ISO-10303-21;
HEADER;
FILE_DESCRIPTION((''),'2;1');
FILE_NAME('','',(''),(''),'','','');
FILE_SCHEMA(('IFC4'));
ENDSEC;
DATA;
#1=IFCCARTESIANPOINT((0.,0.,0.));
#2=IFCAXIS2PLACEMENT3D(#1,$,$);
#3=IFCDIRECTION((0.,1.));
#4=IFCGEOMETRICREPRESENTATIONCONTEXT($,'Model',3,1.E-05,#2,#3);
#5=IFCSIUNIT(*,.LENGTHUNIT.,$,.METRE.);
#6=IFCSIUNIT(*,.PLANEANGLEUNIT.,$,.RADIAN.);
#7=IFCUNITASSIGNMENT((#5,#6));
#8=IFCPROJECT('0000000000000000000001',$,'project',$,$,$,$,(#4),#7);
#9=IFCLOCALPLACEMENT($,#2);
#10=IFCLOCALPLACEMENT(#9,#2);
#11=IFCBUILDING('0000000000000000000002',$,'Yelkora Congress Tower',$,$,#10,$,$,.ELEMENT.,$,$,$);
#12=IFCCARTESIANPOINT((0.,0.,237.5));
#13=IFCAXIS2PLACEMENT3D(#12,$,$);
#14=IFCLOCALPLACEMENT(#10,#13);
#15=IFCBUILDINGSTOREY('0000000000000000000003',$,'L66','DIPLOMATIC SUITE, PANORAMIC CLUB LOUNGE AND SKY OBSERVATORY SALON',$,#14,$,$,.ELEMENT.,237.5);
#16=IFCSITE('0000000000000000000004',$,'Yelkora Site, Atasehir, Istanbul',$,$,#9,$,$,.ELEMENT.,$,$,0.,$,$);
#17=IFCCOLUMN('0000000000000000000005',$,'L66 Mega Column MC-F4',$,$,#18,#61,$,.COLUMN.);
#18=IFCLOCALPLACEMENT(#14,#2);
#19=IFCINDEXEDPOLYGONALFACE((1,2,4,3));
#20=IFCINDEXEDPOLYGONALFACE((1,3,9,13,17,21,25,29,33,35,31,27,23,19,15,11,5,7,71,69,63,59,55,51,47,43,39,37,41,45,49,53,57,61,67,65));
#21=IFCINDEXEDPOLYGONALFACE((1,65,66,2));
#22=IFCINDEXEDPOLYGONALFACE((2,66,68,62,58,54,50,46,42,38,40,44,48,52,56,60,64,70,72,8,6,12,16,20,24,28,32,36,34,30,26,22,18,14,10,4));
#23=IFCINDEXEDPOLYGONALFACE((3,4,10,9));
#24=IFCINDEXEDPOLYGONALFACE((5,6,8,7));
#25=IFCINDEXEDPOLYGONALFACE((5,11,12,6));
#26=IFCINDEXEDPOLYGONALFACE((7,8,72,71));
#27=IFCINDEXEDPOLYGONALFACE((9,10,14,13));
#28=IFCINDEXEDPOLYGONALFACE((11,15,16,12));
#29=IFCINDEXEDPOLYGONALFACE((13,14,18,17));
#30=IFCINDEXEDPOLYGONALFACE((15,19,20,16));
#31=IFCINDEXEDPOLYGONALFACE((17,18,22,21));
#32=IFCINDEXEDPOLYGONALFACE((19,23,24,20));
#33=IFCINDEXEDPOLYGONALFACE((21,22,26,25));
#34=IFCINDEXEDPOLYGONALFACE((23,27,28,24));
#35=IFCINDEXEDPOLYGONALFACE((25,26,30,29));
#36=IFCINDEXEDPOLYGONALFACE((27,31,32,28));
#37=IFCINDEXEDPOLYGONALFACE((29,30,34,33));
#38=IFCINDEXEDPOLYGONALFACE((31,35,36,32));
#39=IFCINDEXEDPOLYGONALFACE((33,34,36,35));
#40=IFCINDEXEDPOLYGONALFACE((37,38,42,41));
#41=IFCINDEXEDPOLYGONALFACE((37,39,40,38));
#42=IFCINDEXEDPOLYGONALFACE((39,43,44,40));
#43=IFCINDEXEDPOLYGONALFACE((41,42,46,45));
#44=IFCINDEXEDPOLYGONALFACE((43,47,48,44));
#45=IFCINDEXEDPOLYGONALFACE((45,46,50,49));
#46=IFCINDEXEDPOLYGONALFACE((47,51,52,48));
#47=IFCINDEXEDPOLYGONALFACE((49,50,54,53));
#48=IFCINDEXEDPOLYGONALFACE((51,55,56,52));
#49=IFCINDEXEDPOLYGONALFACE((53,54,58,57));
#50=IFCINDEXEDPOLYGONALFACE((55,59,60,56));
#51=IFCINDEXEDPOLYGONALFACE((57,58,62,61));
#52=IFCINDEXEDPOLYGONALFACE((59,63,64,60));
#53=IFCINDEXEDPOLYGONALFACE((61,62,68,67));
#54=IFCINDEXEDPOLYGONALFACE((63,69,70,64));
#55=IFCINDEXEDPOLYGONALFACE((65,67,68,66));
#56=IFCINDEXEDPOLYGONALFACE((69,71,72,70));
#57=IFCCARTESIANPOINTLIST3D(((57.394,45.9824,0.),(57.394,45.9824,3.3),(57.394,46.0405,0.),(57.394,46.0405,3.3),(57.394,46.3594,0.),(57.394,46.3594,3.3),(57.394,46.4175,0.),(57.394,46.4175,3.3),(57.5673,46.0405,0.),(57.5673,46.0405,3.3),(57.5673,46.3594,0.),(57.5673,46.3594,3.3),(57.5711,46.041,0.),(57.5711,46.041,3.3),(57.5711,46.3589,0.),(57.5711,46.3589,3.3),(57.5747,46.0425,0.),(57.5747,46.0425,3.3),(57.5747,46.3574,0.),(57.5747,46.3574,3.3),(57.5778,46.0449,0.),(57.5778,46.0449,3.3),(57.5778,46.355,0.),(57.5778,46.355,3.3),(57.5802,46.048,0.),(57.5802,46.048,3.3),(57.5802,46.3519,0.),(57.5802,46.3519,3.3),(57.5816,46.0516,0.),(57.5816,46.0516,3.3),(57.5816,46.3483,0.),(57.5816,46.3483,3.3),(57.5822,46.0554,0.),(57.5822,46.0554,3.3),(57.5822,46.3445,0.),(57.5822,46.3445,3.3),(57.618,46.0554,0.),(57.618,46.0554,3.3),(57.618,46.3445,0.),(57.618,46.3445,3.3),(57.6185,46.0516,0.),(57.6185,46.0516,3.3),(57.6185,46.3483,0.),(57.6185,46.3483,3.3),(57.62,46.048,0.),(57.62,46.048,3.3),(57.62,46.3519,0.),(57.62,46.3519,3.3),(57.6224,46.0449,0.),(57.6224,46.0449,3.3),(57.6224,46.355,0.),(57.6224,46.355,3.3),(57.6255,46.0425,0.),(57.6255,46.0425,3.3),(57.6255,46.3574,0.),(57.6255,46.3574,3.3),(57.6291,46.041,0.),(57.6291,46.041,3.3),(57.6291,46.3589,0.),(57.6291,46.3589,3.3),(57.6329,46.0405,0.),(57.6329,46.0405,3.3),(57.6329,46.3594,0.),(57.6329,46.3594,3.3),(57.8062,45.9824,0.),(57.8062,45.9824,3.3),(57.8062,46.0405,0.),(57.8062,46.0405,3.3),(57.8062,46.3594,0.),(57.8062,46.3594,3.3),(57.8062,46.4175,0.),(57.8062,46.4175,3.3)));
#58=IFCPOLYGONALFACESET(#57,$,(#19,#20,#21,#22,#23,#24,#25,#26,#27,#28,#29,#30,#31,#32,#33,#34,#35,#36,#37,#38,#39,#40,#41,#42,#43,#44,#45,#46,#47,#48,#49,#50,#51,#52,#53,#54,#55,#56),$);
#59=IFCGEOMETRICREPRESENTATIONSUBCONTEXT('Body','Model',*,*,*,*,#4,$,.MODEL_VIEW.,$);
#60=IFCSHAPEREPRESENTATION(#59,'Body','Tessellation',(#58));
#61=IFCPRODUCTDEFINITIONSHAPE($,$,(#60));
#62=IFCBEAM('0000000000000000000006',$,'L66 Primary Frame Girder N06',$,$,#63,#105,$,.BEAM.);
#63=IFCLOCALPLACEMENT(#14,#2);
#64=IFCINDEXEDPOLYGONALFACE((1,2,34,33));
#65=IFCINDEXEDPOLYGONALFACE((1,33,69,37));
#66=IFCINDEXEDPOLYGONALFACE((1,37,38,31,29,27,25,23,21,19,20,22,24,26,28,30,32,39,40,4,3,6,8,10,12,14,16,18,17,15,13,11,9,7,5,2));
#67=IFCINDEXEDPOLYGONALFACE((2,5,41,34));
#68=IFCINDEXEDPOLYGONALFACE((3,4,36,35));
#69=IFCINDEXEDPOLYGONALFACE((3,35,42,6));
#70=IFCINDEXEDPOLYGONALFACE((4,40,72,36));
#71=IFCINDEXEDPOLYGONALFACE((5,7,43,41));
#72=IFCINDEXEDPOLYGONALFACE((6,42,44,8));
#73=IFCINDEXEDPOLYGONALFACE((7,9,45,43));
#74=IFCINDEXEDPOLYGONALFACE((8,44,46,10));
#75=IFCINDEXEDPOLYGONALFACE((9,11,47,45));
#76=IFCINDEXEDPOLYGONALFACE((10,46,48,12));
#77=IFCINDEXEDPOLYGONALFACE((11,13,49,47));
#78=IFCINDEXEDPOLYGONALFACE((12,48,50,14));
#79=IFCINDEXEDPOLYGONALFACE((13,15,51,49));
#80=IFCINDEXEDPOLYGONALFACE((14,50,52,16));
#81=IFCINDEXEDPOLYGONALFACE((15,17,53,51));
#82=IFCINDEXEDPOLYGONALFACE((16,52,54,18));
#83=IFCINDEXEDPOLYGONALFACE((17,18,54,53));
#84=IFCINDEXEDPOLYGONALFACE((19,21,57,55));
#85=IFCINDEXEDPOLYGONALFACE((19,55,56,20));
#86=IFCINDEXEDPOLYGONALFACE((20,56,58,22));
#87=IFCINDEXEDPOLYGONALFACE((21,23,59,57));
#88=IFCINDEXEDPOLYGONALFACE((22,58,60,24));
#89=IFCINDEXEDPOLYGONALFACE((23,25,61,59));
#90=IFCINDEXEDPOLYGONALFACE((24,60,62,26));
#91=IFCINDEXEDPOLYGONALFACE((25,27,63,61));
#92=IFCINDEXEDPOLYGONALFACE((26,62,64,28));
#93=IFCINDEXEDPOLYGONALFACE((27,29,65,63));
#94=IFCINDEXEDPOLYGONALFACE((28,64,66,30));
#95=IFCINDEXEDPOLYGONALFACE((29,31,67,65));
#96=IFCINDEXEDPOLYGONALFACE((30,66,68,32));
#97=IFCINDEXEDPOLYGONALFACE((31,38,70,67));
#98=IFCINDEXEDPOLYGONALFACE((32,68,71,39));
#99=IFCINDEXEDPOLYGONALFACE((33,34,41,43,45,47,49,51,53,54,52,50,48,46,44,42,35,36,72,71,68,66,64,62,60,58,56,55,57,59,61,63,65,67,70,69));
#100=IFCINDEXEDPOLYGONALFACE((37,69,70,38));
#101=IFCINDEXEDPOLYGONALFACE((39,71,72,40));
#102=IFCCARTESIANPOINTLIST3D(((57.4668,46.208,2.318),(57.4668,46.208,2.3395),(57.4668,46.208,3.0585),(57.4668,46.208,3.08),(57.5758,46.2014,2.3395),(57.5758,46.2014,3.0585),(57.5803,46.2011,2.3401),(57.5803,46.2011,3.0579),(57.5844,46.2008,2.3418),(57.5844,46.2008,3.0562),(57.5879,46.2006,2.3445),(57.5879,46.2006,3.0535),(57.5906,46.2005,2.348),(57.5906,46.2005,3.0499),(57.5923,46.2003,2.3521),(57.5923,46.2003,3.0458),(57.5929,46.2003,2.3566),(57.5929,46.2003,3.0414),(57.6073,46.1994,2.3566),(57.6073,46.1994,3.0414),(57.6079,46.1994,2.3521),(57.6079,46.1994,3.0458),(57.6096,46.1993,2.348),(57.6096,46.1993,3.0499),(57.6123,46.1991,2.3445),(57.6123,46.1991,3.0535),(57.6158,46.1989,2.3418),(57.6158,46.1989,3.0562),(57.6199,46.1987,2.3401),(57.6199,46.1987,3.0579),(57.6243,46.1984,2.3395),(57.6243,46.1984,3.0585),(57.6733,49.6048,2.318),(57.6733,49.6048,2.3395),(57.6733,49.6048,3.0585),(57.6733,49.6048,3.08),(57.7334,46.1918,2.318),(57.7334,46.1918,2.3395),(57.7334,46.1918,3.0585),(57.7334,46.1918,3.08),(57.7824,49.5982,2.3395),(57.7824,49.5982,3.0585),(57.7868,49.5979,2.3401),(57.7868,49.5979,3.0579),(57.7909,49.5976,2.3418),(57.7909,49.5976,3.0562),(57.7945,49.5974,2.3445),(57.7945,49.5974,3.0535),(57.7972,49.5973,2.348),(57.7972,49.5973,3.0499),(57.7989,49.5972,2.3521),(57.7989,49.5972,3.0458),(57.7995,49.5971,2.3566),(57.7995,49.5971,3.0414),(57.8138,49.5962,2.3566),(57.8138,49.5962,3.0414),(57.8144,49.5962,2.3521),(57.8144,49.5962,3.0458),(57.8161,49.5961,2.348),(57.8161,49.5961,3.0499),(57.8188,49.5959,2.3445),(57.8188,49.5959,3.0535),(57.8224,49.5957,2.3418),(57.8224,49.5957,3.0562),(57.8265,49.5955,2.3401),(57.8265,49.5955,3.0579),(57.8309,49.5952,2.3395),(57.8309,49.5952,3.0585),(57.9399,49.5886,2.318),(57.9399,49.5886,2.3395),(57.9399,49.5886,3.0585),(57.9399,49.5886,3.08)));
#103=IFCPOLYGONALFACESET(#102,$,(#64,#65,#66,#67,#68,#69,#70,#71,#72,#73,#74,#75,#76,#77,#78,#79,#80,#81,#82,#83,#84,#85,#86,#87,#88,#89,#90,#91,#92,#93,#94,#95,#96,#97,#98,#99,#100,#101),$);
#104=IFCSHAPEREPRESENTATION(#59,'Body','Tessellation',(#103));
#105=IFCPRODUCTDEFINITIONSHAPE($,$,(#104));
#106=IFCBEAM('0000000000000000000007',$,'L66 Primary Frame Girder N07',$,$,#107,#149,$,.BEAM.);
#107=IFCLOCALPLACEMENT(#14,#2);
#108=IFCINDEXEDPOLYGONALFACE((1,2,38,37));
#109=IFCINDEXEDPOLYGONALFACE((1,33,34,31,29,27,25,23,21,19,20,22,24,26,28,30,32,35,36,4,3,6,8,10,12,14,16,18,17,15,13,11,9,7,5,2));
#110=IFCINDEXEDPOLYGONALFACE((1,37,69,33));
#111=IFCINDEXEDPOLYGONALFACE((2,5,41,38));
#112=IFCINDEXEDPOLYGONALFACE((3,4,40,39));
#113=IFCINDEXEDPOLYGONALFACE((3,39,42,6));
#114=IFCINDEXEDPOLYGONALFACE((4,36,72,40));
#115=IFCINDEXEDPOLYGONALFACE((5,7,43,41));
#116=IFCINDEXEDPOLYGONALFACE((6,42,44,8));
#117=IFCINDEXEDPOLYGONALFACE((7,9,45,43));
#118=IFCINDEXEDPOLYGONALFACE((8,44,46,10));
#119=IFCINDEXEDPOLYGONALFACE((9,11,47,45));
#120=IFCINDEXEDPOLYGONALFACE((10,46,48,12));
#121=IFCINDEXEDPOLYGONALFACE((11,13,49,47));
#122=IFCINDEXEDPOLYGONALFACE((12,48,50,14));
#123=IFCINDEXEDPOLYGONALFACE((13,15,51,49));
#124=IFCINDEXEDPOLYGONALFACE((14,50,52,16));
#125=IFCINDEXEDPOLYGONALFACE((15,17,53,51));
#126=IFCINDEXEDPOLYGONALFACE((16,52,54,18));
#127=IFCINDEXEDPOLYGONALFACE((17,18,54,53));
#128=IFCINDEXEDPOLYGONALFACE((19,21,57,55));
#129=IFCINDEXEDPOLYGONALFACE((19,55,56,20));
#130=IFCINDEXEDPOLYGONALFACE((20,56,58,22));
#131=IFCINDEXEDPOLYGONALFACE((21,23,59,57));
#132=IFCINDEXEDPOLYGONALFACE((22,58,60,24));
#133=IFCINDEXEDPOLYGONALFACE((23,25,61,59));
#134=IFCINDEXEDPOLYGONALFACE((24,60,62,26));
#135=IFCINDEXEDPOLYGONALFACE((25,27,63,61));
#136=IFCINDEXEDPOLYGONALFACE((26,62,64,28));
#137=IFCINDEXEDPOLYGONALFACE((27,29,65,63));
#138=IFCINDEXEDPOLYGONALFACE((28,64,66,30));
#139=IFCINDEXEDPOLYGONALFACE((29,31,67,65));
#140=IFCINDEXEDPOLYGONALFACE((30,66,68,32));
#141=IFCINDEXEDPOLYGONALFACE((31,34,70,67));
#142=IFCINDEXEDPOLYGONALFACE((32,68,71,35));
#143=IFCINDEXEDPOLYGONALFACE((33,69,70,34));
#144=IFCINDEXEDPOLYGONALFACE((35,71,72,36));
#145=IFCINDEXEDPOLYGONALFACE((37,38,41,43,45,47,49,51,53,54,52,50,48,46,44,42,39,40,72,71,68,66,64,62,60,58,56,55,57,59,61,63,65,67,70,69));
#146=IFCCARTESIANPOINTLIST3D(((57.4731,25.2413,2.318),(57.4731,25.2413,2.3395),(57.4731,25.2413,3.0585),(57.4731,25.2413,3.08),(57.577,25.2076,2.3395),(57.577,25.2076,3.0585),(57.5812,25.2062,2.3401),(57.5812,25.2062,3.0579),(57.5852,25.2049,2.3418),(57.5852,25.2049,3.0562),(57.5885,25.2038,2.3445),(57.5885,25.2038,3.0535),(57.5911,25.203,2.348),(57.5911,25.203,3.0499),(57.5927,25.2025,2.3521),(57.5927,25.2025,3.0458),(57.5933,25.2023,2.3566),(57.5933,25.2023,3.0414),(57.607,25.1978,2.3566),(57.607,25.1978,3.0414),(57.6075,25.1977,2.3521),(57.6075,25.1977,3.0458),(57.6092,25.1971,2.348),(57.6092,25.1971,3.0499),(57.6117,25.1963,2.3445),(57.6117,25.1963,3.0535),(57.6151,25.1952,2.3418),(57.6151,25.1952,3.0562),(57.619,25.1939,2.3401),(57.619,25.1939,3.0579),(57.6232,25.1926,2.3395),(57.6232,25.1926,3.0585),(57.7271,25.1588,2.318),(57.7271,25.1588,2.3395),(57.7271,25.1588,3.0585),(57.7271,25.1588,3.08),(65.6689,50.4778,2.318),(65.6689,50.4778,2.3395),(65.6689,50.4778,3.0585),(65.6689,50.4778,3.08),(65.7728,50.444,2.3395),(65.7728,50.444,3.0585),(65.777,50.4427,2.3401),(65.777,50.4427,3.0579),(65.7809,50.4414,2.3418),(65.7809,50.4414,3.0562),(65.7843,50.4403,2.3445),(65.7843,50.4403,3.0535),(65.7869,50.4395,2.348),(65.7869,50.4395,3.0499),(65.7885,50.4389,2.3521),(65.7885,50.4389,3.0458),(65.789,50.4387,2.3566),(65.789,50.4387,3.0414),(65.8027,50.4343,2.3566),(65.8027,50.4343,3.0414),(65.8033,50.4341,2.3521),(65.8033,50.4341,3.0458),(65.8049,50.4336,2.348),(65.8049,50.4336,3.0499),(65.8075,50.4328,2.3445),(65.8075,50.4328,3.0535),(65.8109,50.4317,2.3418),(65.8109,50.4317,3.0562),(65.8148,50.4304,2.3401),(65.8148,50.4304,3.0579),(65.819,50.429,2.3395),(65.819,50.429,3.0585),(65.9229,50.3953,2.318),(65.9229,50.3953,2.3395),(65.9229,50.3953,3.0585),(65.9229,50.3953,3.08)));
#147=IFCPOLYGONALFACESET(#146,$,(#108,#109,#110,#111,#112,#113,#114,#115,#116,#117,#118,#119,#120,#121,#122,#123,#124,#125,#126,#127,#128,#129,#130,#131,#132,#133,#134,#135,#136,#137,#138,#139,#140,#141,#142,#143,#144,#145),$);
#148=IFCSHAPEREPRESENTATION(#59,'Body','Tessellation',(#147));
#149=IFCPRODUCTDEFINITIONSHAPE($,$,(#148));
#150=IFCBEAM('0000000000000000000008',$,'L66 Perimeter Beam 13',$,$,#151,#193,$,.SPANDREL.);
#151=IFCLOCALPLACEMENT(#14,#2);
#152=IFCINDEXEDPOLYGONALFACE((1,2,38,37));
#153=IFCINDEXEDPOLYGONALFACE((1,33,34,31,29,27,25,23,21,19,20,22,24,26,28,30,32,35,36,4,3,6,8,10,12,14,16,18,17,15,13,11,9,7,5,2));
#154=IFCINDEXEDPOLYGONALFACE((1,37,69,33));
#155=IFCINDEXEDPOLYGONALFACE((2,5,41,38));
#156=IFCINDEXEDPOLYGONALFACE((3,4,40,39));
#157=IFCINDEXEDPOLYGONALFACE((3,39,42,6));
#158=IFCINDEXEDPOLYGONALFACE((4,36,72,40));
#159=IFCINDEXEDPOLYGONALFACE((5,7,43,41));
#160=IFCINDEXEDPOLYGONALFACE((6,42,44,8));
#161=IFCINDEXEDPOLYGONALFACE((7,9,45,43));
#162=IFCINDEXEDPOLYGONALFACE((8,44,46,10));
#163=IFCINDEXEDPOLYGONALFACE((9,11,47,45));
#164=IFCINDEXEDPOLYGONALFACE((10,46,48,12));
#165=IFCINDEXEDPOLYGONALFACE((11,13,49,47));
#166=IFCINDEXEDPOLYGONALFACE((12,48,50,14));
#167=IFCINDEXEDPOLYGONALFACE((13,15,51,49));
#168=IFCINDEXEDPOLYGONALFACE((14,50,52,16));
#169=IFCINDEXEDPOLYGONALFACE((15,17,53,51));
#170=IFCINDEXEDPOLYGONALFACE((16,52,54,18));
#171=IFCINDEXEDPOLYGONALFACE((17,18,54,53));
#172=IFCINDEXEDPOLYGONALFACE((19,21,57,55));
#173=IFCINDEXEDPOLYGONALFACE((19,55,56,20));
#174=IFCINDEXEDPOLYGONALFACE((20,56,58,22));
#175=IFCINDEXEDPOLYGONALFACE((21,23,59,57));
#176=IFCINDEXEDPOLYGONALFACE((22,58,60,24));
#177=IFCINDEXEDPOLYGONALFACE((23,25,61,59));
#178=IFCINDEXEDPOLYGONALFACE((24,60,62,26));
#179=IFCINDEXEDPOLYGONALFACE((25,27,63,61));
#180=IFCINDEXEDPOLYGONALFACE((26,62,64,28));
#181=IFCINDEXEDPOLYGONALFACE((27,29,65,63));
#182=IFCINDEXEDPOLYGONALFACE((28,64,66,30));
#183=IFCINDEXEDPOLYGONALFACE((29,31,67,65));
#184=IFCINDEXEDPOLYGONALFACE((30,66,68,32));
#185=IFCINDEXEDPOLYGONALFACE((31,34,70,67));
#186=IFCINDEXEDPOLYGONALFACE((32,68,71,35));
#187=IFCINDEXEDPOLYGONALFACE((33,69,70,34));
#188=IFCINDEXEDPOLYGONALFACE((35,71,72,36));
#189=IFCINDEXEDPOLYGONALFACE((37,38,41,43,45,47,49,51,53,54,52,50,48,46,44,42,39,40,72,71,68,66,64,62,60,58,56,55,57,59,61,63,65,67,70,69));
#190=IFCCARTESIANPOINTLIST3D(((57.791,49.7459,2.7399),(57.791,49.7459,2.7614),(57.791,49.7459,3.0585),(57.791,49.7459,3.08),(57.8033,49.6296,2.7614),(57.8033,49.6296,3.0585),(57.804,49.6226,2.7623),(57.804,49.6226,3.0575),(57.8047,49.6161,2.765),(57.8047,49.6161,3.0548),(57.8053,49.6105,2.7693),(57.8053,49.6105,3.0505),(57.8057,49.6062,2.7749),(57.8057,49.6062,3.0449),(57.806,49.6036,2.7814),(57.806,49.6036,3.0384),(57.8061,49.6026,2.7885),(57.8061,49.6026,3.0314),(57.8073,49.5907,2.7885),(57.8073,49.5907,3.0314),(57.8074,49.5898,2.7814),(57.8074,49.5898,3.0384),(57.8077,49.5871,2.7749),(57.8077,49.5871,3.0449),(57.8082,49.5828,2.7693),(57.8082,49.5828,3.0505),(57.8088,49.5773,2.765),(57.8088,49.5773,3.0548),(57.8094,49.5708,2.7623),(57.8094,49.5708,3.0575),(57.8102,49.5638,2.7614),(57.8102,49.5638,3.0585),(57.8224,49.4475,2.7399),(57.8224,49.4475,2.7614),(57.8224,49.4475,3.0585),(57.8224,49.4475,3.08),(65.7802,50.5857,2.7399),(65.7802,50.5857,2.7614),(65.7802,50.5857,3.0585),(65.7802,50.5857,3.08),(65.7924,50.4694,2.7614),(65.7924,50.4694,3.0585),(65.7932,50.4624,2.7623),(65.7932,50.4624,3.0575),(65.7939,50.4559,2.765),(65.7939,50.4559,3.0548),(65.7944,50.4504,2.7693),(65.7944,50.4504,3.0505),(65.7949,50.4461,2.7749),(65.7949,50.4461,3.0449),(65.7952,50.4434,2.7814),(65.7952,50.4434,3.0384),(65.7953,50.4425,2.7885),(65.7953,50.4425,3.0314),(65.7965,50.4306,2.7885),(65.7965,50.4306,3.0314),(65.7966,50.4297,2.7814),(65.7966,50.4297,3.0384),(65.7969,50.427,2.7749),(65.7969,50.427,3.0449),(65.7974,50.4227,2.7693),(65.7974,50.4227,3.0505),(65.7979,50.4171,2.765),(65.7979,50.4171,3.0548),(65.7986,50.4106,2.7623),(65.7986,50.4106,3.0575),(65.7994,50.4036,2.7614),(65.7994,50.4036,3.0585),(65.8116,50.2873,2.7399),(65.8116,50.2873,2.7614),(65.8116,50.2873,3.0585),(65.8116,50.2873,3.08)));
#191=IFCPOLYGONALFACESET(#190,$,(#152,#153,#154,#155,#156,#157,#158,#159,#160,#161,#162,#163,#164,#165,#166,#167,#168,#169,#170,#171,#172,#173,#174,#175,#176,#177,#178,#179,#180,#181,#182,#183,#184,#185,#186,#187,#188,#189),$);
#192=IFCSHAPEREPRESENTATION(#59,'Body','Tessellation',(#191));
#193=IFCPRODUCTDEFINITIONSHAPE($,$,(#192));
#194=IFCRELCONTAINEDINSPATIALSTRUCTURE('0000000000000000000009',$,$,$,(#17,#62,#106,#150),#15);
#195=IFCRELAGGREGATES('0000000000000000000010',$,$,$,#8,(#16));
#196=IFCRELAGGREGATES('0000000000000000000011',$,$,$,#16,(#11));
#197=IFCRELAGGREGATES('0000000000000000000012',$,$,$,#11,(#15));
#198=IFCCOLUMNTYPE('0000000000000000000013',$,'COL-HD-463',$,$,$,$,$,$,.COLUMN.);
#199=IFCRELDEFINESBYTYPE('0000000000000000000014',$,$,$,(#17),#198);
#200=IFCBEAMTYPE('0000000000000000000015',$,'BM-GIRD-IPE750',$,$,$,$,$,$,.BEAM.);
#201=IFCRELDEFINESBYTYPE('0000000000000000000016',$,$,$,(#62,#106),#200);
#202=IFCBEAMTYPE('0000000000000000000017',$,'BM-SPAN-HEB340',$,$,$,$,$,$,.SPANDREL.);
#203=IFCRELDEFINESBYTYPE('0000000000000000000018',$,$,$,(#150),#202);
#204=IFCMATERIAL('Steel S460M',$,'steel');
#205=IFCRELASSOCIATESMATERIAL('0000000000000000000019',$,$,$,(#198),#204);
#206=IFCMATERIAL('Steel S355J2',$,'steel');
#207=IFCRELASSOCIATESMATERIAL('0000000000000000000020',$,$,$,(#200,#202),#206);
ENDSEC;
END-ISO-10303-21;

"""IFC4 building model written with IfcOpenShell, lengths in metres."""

from ifc_helpers import new_model, si_unit, direction, frame, origin, origin_2d, place, context, subcontext, project, spatial, i_section, extrude, material, material_profile, profile_set, type_object, element, save


model = new_model("IFC4")

# Units and contexts
model_context = context("Model", 3, precision=1e-05, world=origin(), true_north=direction((0.0, 1.0)))
body_context = subcontext(model_context, "Body", "Model", "MODEL_VIEW")
ifc_project = project(units=[si_unit("LENGTHUNIT", "METRE"), si_unit("PLANEANGLEUNIT", "RADIAN")], contexts=[model_context])

# Site, building, storey
site_placement = place(None, origin())
site = spatial("IfcSite", under=ifc_project, at=site_placement, Name="Yelkora Site, Atasehir, Istanbul", CompositionType="ELEMENT", RefElevation=0.0)
building_placement = place(site_placement, origin())
building = spatial("IfcBuilding", under=site, at=building_placement, Name="Yelkora Congress Tower", CompositionType="ELEMENT")
storey_placement = place(building_placement, frame((0.0, 0.0, 237.5)))
storey = spatial("IfcBuildingStorey", under=building, at=storey_placement, Name="L66", Description="DIPLOMATIC SUITE, PANORAMIC CLUB LOUNGE AND SKY OBSERVATORY SALON", CompositionType="ELEMENT", Elevation=237.5)

# Column
ifc_material_1 = material(Name="Steel S355J2", Category="steel")
ifc_material_2 = material(Name="Steel S460M", Category="steel")
ifc_material_profile_1 = material_profile(ifc_material_2, i_section(OverallWidth=0.4121, OverallDepth=0.4351, WebThickness=0.0359, FlangeThickness=0.0581, FilletRadius=0.0149, at=origin_2d()), Name="HD 400x463")
ifc_profile_set_1 = profile_set([ifc_material_profile_1], Name="Steel S460M")
column_type_1 = type_object("IfcColumnType", Name="COL-HD-463", PredefinedType="COLUMN", material=ifc_profile_set_1)
for number, where, z_axis, x_axis, name in (
    (1, (57.6001, 46.2, 0.0), (0.0, 0.0, 1.0), (1.0, 0.0, 0.0), "L66 Mega Column MC-F4"),
):
    element("IfcColumn", number, at=place(storey_placement, frame(where, z_axis=z_axis, x_axis=x_axis)), inside=storey, type_object=column_type_1, Name=name, PredefinedType="COLUMN", context=body_context, shape_type="SweptSolid", body=[
        extrude(i_section(OverallWidth=0.4121, OverallDepth=0.4351, WebThickness=0.0359, FlangeThickness=0.0581, FilletRadius=0.0149, at=origin_2d()), origin(), (0.0, 0.0, 1.0), 3.3),
    ])

# Beams
ifc_material_profile_2 = material_profile(ifc_material_1, i_section(OverallWidth=0.2671, OverallDepth=0.762, WebThickness=0.0144, FlangeThickness=0.0215, FilletRadius=0.0171, at=origin_2d()), Name="IPE 750x173")
ifc_profile_set_2 = profile_set([ifc_material_profile_2], Name="Steel S355J2")
beam_type_1 = type_object("IfcBeamType", Name="BM-GIRD-IPE750", PredefinedType="BEAM", material=ifc_profile_set_2)
beam_1_placement = place(storey_placement, frame((57.8066, 49.5967, 2.699), z_axis=(-0.060694, -0.998156, 0.0), x_axis=(0.998156, -0.060694, 0.0)))
element("IfcBeam", 2, at=beam_1_placement, inside=storey, type_object=beam_type_1, Name="L66 Primary Frame Girder N06", PredefinedType="BEAM", context=body_context, shape_type="SweptSolid", body=[
    extrude(i_section(OverallWidth=0.2671, OverallDepth=0.762, WebThickness=0.0144, FlangeThickness=0.0215, FilletRadius=0.0171, at=origin_2d()), origin(), (0.0, 0.0, 1.0), 3.4031),
])
beam_2_placement = place(storey_placement, frame((65.7959, 50.4365, 2.699), z_axis=(-0.308879, -0.951101, 0.0), x_axis=(0.951101, -0.308879, 0.0)))
element("IfcBeam", 3, at=beam_2_placement, inside=storey, type_object=beam_type_1, Name="L66 Primary Frame Girder N07", PredefinedType="BEAM", context=body_context, shape_type="SweptSolid", body=[
    extrude(i_section(OverallWidth=0.2671, OverallDepth=0.762, WebThickness=0.0144, FlangeThickness=0.0215, FilletRadius=0.0171, at=origin_2d()), origin(), (0.0, 0.0, 1.0), 26.5339),
])
ifc_material_profile_3 = material_profile(ifc_material_1, i_section(OverallWidth=0.3, OverallDepth=0.3401, WebThickness=0.012, FlangeThickness=0.0215, FilletRadius=0.0271, at=origin_2d()), Name="HEB 340")
ifc_profile_set_3 = profile_set([ifc_material_profile_3], Name="Steel S355J2")
beam_type_2 = type_object("IfcBeamType", Name="BM-SPAN-HEB340", PredefinedType="SPANDREL", material=ifc_profile_set_3)
for number, where, z_axis, x_axis, name in (
    (4, (65.7959, 50.4365, 2.9099), (-0.99452, -0.104546, 0.0), (0.104546, -0.99452, 0.0), "L66 Perimeter Beam 13"),
):
    element("IfcBeam", number, at=place(storey_placement, frame(where, z_axis=z_axis, x_axis=x_axis)), inside=storey, type_object=beam_type_2, Name=name, PredefinedType="SPANDREL", context=body_context, shape_type="SweptSolid", body=[
        extrude(i_section(OverallWidth=0.3, OverallDepth=0.3401, WebThickness=0.012, FlangeThickness=0.0215, FilletRadius=0.0271, at=origin_2d()), origin(), (0.0, 0.0, 1.0), 8.0332),
    ])

save(model, "model.ifc")
